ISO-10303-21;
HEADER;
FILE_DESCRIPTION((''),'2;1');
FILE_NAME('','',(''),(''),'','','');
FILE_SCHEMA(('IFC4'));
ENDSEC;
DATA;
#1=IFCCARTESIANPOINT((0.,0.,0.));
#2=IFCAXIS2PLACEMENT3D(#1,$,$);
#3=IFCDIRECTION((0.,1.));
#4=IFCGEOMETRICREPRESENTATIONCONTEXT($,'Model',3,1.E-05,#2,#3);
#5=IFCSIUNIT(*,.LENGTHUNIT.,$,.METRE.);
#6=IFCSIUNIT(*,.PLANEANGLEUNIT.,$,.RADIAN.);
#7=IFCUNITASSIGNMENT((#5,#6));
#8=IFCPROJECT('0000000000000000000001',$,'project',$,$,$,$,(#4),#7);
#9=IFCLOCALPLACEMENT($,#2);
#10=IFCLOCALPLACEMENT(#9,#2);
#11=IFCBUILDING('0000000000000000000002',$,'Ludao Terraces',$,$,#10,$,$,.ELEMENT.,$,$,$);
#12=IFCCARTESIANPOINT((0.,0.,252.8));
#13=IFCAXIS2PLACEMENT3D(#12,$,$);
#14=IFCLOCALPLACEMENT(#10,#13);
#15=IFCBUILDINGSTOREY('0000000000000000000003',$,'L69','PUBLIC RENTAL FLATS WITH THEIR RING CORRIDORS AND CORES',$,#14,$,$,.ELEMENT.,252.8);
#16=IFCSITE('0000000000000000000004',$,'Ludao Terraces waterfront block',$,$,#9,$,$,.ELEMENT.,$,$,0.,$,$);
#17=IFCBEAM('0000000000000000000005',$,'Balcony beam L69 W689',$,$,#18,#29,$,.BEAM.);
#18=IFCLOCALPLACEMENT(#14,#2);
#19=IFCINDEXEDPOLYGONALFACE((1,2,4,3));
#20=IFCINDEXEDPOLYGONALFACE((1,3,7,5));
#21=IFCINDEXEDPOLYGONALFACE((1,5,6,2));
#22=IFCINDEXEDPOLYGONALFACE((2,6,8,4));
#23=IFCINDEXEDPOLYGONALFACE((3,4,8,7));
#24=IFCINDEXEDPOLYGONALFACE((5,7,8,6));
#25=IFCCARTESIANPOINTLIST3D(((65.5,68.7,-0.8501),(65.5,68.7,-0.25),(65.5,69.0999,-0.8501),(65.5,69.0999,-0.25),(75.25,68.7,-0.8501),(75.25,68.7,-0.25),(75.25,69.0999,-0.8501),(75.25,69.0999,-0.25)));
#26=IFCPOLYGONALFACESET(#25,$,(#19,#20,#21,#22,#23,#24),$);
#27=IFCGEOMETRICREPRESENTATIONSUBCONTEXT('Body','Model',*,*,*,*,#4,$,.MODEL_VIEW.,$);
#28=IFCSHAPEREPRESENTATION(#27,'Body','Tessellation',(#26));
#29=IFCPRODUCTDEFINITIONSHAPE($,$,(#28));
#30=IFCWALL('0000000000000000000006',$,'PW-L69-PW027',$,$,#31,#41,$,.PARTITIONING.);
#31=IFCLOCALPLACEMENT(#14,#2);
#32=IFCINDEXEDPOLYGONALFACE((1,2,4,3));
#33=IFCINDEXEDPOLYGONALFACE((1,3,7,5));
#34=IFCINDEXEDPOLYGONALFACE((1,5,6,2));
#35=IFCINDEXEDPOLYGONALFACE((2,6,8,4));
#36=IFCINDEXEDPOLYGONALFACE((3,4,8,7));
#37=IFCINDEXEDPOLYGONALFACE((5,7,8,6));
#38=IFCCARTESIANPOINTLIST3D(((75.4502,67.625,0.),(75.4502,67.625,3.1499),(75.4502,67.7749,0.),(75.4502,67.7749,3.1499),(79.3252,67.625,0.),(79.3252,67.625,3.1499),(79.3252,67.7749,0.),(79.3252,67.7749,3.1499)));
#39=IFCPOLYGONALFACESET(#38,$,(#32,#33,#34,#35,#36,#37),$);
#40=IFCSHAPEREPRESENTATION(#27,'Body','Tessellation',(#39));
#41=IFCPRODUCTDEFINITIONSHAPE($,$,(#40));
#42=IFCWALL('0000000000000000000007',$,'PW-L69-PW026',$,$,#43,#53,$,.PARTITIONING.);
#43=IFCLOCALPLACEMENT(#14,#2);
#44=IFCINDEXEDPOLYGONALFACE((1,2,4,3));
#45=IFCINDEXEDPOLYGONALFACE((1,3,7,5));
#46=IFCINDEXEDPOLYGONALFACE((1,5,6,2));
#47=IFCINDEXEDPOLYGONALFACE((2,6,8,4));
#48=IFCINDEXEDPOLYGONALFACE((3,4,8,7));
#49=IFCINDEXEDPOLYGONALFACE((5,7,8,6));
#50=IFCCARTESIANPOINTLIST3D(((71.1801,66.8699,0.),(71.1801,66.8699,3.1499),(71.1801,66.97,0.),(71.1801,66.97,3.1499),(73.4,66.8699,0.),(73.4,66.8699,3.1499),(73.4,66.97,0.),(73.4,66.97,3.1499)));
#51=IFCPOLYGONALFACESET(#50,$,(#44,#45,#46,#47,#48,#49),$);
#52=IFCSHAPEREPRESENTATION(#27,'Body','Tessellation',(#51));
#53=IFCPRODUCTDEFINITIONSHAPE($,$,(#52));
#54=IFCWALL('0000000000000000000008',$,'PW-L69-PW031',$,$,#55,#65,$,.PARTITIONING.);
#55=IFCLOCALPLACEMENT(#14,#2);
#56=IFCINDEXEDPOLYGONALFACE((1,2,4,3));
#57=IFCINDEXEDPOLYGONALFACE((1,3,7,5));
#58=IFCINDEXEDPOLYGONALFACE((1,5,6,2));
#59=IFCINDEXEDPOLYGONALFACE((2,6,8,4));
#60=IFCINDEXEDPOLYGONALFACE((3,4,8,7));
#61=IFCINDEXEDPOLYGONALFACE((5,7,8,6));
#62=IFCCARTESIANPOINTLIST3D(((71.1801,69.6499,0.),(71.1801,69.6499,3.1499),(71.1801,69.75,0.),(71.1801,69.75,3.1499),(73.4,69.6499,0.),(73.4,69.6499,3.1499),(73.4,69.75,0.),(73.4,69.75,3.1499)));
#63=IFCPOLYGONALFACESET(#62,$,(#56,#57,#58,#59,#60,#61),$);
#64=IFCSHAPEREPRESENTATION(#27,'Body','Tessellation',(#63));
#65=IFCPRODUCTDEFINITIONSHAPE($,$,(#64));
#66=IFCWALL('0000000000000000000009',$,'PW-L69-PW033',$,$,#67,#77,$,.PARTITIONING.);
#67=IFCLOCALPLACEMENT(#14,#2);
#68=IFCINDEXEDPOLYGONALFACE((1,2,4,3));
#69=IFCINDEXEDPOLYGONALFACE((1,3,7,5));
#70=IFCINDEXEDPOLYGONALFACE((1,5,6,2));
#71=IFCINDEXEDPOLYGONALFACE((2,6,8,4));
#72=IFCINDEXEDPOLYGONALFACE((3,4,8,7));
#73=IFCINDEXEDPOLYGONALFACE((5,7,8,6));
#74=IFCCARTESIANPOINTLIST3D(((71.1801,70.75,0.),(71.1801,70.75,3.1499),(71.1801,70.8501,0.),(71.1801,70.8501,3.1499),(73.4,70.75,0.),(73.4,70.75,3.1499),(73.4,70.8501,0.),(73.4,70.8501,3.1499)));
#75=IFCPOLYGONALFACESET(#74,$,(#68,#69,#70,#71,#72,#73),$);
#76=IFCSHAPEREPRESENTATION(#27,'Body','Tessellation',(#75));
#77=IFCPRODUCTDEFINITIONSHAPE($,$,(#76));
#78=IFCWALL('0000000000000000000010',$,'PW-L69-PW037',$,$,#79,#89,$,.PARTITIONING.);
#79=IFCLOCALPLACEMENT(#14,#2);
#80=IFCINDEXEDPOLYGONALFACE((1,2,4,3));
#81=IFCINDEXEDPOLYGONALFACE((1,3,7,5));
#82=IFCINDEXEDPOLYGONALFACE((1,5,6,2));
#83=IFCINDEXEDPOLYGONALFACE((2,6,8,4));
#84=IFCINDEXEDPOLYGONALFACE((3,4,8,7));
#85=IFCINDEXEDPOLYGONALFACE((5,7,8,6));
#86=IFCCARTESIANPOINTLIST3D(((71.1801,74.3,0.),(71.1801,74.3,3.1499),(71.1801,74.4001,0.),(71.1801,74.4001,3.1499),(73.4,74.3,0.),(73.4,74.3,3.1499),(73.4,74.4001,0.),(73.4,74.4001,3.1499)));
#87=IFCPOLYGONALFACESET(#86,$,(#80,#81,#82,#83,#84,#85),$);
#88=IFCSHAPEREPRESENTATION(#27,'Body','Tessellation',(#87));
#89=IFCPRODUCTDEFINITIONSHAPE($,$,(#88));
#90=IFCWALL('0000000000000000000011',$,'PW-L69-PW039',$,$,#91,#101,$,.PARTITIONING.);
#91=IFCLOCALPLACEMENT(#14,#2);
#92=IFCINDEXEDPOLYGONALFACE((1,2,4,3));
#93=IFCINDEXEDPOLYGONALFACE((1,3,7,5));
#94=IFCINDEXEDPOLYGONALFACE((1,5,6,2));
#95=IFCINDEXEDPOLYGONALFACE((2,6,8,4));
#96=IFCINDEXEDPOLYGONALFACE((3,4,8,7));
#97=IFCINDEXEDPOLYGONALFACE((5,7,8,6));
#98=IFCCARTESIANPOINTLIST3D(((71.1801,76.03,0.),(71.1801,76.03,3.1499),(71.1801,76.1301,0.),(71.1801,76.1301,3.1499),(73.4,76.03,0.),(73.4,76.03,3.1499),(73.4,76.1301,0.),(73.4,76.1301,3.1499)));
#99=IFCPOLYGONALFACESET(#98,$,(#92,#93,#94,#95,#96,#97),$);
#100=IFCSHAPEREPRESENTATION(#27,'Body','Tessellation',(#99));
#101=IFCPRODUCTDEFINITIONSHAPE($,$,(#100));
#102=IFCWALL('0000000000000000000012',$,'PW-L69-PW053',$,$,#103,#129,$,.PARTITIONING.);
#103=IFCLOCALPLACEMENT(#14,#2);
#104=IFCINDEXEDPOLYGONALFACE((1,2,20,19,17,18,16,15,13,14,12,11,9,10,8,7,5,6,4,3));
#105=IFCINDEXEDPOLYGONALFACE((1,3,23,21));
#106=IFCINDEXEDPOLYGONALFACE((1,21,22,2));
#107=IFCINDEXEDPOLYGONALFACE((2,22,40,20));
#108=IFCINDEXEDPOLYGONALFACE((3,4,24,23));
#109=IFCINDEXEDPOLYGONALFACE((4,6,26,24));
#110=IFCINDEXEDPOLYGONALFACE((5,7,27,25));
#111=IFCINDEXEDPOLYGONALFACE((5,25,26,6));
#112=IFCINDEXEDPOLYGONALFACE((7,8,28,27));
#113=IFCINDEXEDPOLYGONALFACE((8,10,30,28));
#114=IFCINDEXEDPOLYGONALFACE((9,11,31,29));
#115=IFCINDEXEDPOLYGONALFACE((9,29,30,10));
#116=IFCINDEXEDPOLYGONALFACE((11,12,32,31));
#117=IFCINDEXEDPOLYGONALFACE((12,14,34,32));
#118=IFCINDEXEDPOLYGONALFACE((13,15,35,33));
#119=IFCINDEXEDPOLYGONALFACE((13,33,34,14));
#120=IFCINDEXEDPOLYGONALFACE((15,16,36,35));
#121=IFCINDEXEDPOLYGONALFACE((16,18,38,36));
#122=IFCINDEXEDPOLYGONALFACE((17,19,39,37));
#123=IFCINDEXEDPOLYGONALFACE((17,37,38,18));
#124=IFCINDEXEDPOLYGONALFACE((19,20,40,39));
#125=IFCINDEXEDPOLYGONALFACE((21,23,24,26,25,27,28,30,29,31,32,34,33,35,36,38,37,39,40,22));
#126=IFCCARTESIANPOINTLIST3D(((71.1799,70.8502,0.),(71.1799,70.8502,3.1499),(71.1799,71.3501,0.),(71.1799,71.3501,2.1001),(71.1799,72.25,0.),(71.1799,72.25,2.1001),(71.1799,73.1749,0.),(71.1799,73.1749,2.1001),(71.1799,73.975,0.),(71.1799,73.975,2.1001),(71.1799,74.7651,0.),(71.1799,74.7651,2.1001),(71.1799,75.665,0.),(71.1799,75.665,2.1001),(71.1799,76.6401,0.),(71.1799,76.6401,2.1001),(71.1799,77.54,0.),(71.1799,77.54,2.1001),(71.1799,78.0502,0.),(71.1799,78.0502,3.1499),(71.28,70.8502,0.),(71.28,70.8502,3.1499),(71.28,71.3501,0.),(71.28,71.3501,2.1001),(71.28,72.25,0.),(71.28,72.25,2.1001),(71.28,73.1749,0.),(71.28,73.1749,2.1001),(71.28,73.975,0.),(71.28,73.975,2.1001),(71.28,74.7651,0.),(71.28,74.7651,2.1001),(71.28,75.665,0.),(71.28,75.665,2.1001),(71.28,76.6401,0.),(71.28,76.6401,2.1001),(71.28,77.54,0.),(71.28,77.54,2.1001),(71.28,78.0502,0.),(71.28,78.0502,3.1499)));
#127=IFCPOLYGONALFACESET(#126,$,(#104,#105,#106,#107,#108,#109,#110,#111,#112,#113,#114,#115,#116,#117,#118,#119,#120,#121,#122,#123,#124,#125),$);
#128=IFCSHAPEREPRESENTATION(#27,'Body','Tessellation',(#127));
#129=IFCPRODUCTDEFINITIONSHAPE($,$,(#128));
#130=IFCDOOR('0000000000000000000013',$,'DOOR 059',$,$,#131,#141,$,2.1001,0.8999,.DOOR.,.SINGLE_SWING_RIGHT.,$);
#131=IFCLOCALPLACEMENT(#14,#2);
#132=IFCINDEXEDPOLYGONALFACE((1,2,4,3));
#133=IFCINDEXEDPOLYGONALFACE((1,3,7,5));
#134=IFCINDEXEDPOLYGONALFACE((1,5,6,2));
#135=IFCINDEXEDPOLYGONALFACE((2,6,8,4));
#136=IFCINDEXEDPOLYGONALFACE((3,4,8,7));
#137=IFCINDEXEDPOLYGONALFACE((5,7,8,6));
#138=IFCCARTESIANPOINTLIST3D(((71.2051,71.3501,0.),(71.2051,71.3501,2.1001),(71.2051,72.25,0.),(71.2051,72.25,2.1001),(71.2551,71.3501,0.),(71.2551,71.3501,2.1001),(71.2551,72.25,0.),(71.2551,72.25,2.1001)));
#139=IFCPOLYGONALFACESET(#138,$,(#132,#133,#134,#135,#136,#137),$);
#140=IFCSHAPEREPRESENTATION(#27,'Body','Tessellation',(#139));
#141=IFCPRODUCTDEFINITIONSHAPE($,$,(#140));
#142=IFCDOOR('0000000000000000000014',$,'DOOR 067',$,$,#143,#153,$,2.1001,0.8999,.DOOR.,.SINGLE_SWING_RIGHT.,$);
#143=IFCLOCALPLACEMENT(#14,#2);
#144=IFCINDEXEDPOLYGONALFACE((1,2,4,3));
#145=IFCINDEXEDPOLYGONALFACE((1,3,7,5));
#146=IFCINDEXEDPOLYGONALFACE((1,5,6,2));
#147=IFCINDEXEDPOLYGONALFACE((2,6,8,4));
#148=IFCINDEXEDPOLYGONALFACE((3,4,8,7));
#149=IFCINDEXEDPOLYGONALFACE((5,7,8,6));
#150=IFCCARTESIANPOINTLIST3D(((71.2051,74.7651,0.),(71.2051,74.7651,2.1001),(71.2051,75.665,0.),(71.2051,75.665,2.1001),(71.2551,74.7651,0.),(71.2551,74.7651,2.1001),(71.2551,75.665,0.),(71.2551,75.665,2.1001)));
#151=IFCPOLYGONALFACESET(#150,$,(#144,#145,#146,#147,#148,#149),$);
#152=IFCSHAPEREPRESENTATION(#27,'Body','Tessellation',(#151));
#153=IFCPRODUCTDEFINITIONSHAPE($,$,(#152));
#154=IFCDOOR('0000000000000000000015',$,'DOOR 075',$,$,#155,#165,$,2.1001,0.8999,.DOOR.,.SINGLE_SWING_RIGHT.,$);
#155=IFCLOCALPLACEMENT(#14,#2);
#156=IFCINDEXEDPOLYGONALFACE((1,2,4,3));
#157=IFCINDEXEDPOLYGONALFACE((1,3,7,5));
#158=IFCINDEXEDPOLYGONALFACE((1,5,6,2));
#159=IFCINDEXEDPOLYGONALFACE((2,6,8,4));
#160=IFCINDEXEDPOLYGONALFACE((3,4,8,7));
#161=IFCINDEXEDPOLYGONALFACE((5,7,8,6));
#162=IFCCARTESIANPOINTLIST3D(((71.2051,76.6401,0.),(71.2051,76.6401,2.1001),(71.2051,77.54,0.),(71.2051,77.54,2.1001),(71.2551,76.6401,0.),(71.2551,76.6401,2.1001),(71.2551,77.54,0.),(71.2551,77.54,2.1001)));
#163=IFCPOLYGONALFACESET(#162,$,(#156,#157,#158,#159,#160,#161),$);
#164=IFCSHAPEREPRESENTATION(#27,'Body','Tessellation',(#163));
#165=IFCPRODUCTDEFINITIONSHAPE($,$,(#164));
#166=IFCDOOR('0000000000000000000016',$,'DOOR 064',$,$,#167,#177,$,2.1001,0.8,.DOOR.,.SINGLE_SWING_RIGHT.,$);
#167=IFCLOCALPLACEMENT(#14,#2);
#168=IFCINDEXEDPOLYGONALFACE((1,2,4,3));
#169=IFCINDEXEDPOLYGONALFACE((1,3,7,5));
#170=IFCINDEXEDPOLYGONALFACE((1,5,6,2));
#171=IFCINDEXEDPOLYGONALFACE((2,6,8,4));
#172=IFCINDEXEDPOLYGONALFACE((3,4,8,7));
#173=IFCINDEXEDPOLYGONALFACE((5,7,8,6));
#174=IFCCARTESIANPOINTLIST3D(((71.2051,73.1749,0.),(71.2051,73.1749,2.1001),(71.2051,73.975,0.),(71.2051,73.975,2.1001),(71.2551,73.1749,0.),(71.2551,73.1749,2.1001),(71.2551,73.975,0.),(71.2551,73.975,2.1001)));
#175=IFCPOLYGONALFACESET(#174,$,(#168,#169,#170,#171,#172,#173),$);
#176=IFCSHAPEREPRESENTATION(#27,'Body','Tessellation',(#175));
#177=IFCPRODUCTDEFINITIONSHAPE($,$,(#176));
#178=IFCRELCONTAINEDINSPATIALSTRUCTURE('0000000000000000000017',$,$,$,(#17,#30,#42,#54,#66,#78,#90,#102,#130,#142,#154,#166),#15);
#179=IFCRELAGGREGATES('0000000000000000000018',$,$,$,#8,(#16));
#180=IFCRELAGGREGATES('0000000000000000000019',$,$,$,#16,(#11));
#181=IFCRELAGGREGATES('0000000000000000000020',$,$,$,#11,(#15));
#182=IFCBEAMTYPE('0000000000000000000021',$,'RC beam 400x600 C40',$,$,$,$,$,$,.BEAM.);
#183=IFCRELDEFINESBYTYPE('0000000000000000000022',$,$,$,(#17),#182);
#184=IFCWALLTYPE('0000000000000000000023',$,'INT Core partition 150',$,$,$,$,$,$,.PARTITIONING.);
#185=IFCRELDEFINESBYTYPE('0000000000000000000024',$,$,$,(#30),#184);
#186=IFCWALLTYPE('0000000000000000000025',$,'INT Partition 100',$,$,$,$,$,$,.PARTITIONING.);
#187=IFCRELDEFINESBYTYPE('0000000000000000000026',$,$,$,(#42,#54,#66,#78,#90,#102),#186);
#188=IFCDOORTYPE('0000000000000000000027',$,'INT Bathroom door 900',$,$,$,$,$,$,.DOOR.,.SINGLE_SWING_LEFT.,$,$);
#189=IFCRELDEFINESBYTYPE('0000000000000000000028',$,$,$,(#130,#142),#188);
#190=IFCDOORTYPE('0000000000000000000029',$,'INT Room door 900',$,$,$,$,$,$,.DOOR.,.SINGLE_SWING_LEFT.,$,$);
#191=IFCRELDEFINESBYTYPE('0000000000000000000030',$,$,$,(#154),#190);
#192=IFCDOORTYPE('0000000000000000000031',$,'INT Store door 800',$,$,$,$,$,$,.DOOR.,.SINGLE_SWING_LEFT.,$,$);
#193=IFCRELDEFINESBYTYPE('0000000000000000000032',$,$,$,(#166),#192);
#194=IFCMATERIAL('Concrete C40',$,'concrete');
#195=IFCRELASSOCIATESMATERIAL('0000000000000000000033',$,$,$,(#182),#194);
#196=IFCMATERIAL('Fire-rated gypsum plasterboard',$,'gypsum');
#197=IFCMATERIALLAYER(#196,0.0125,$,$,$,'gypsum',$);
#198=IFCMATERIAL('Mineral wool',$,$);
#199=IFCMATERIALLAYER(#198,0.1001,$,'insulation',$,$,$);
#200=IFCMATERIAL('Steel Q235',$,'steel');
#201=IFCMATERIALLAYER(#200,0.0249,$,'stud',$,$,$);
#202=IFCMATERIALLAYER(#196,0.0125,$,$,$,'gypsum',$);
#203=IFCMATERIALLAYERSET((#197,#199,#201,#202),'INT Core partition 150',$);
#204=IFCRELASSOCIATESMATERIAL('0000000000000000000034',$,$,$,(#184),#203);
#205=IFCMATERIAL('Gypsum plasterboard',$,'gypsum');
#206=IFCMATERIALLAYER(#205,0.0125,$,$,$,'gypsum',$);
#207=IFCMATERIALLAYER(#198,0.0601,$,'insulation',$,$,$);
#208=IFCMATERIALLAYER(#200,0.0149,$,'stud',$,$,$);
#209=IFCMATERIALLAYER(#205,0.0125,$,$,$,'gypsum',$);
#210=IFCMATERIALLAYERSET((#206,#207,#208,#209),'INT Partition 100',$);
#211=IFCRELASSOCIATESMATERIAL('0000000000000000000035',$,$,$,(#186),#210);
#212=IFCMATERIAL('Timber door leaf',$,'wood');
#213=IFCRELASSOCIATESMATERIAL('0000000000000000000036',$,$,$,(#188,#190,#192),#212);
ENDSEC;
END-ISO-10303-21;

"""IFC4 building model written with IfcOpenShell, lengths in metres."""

from ifc_helpers import new_model, si_unit, direction, frame, frame_2d, origin, origin_2d, place, context, subcontext, project, spatial, rectangle, extrude, material, layer, layer_set, material_profile, profile_set, type_object, element, fill, save


model = new_model("IFC4")

# Units and contexts
model_context = context("Model", 3, precision=1e-05, world=origin(), true_north=direction((0.0, 1.0)))
body_context = subcontext(model_context, "Body", "Model", "MODEL_VIEW")
ifc_project = project(units=[si_unit("LENGTHUNIT", "METRE"), si_unit("PLANEANGLEUNIT", "RADIAN")], contexts=[model_context])

# Site, building, storey
site_placement = place(None, origin())
site = spatial("IfcSite", under=ifc_project, at=site_placement, Name="Ludao Terraces waterfront block", CompositionType="ELEMENT", RefElevation=0.0)
building_placement = place(site_placement, origin())
building = spatial("IfcBuilding", under=site, at=building_placement, Name="Ludao Terraces", CompositionType="ELEMENT")
storey_placement = place(building_placement, frame((0.0, 0.0, 252.8)))
storey = spatial("IfcBuildingStorey", under=building, at=storey_placement, Name="L69", Description="PUBLIC RENTAL FLATS WITH THEIR RING CORRIDORS AND CORES", CompositionType="ELEMENT", Elevation=252.8)

# Beam
ifc_material_1 = material(Name="Concrete C40", Category="concrete")
ifc_material_profile = material_profile(ifc_material_1, rectangle(XDim=0.3999, YDim=0.6001, at=origin_2d()), Name="400 X 600")
ifc_profile_set = profile_set([ifc_material_profile], Name="Concrete C40")
beam_type = type_object("IfcBeamType", Name="RC beam 400x600 C40", PredefinedType="BEAM", material=ifc_profile_set)
beam_placement = place(storey_placement, frame((75.25, 68.8999, -0.55), z_axis=(-1.0, 0.0, 0.0), x_axis=(0.0, -1.0, 0.0)))
element("IfcBeam", 1, at=beam_placement, inside=storey, type_object=beam_type, Name="Balcony beam L69 W689", PredefinedType="BEAM", context=body_context, shape_type="SweptSolid", body=[
    extrude(rectangle(XDim=0.3999, YDim=0.6001, at=origin_2d()), origin(), (0.0, 0.0, 1.0), 9.75),
])

# Walls
ifc_material_2 = material(Name="Fire-rated gypsum plasterboard", Category="gypsum")
ifc_layer_1 = layer(ifc_material_2, 0.0125, Category="gypsum")
ifc_material_3 = material(Name="Mineral wool")
ifc_layer_2 = layer(ifc_material_3, 0.1001, Name="insulation")
ifc_material_4 = material(Name="Steel Q235", Category="steel")
ifc_layer_3 = layer(ifc_material_4, 0.0249, Name="stud")
ifc_layer_4 = layer(ifc_material_2, 0.0125, Category="gypsum")
ifc_layer_set_1 = layer_set([ifc_layer_1, ifc_layer_2, ifc_layer_3, ifc_layer_4], Name="INT Core partition 150")
wall_type_1 = type_object("IfcWallType", Name="INT Core partition 150", PredefinedType="PARTITIONING", material=ifc_layer_set_1)
wall_1_placement = place(storey_placement, frame((75.4502, 67.7, 0.0), z_axis=(0.0, 0.0, 1.0), x_axis=(1.0, 0.0, 0.0)))
element("IfcWall", 2, at=wall_1_placement, inside=storey, type_object=wall_type_1, Name="PW-L69-PW027", PredefinedType="PARTITIONING", context=body_context, shape_type="SweptSolid", body=[
    extrude(rectangle(XDim=3.875, YDim=0.1499, at=frame_2d((1.9375, 0.0))), origin(), (0.0, 0.0, 1.0), 3.1499),
])
ifc_material_5 = material(Name="Gypsum plasterboard", Category="gypsum")
ifc_layer_5 = layer(ifc_material_5, 0.0125, Category="gypsum")
ifc_layer_6 = layer(ifc_material_3, 0.0601, Name="insulation")
ifc_layer_7 = layer(ifc_material_4, 0.0149, Name="stud")
ifc_layer_8 = layer(ifc_material_5, 0.0125, Category="gypsum")
ifc_layer_set_2 = layer_set([ifc_layer_5, ifc_layer_6, ifc_layer_7, ifc_layer_8], Name="INT Partition 100")
wall_type_2 = type_object("IfcWallType", Name="INT Partition 100", PredefinedType="PARTITIONING", material=ifc_layer_set_2)
for number, where, z_axis, x_axis, name in (
    (3, (71.1802, 66.9199, 0.0), (0.0, 0.0, 1.0), (1.0, 0.0, 0.0), "PW-L69-PW026"),
    (4, (71.1802, 69.7, 0.0), (0.0, 0.0, 1.0), (1.0, 0.0, 0.0), "PW-L69-PW031"),
    (5, (71.1802, 70.8, 0.0), (0.0, 0.0, 1.0), (1.0, 0.0, 0.0), "PW-L69-PW033"),
    (6, (71.1802, 74.3501, 0.0), (0.0, 0.0, 1.0), (1.0, 0.0, 0.0), "PW-L69-PW037"),
    (7, (71.1802, 76.0801, 0.0), (0.0, 0.0, 1.0), (1.0, 0.0, 0.0), "PW-L69-PW039"),
):
    element("IfcWall", number, at=place(storey_placement, frame(where, z_axis=z_axis, x_axis=x_axis)), inside=storey, type_object=wall_type_2, Name=name, PredefinedType="PARTITIONING", context=body_context, shape_type="SweptSolid", body=[
        extrude(rectangle(XDim=2.22, YDim=0.1001, at=frame_2d((1.1099, 0.0))), origin(), (0.0, 0.0, 1.0), 3.1499),
    ])

# Wall, openings, doors
wall_2_placement = place(storey_placement, frame((71.23, 70.8501, 0.0), z_axis=(0.0, 0.0, 1.0), x_axis=(0.0, 1.0, 0.0)))
wall_2 = element("IfcWall", 8, at=wall_2_placement, inside=storey, type_object=wall_type_2, Name="PW-L69-PW053", PredefinedType="PARTITIONING", context=body_context, shape_type="SweptSolid", body=[
    extrude(rectangle(XDim=7.2, YDim=0.1001, at=frame_2d((3.6001, 0.0))), origin(), (0.0, 0.0, 1.0), 3.1499),
])
opening_1_placement = place(wall_2_placement, frame((0.5, 0.0, 0.0)))
opening_1 = element("IfcOpeningElement", 9, at=opening_1_placement, cuts=wall_2, PredefinedType="OPENING", context=body_context, shape_type="SweptSolid", body=[
    extrude(rectangle(XDim=0.8999, YDim=2.1001, at=frame_2d((0.45, 1.05))), frame((0.0, 0.0601, 0.0), z_axis=(0.0, -1.0, 0.0), x_axis=(1.0, 0.0, 0.0)), (0.0, 0.0, 1.0), 0.1201),
])
opening_2_placement = place(wall_2_placement, frame((2.325, 0.0, 0.0)))
opening_2 = element("IfcOpeningElement", 10, at=opening_2_placement, cuts=wall_2, PredefinedType="OPENING", context=body_context, shape_type="SweptSolid", body=[
    extrude(rectangle(XDim=0.8, YDim=2.1001, at=frame_2d((0.3999, 1.05))), frame((0.0, 0.0601, 0.0), z_axis=(0.0, -1.0, 0.0), x_axis=(1.0, 0.0, 0.0)), (0.0, 0.0, 1.0), 0.1201),
])
opening_3_placement = place(wall_2_placement, frame((3.915, 0.0, 0.0)))
opening_3 = element("IfcOpeningElement", 11, at=opening_3_placement, cuts=wall_2, PredefinedType="OPENING", context=body_context, shape_type="SweptSolid", body=[
    extrude(rectangle(XDim=0.8999, YDim=2.1001, at=frame_2d((0.45, 1.05))), frame((0.0, 0.0601, 0.0), z_axis=(0.0, -1.0, 0.0), x_axis=(1.0, 0.0, 0.0)), (0.0, 0.0, 1.0), 0.1201),
])
opening_4_placement = place(wall_2_placement, frame((5.79, 0.0, 0.0)))
opening_4 = element("IfcOpeningElement", 12, at=opening_4_placement, cuts=wall_2, PredefinedType="OPENING", context=body_context, shape_type="SweptSolid", body=[
    extrude(rectangle(XDim=0.8999, YDim=2.1001, at=frame_2d((0.45, 1.05))), frame((0.0, 0.0601, 0.0), z_axis=(0.0, -1.0, 0.0), x_axis=(1.0, 0.0, 0.0)), (0.0, 0.0, 1.0), 0.1201),
])
ifc_material_6 = material(Name="Timber door leaf", Category="wood")
door_type_1 = type_object("IfcDoorType", Name="INT Bathroom door 900", OperationType="SINGLE_SWING_LEFT", PredefinedType="DOOR", material=ifc_material_6)
door_1_placement = place(opening_1_placement, origin())
door_1 = element("IfcDoor", 13, at=door_1_placement, inside=storey, type_object=door_type_1, Name="DOOR 059", OperationType="SINGLE_SWING_RIGHT", OverallHeight=2.1001, OverallWidth=0.8999, PredefinedType="DOOR", context=body_context, shape_type="SweptSolid", body=[
    extrude(rectangle(XDim=0.8999, YDim=2.1001, at=frame_2d((0.45, 1.05))), frame((0.0, 0.0249, 0.0), z_axis=(0.0, -1.0, 0.0), x_axis=(1.0, 0.0, 0.0)), (0.0, 0.0, 1.0), 0.05),
])
fill(opening_1, door_1)
door_2_placement = place(opening_3_placement, origin())
door_2 = element("IfcDoor", 14, at=door_2_placement, inside=storey, type_object=door_type_1, Name="DOOR 067", OperationType="SINGLE_SWING_RIGHT", OverallHeight=2.1001, OverallWidth=0.8999, PredefinedType="DOOR", context=body_context, shape_type="SweptSolid", body=[
    extrude(rectangle(XDim=0.8999, YDim=2.1001, at=frame_2d((0.45, 1.05))), frame((0.0, 0.0249, 0.0), z_axis=(0.0, -1.0, 0.0), x_axis=(1.0, 0.0, 0.0)), (0.0, 0.0, 1.0), 0.05),
])
fill(opening_3, door_2)
door_type_2 = type_object("IfcDoorType", Name="INT Room door 900", OperationType="SINGLE_SWING_LEFT", PredefinedType="DOOR", material=ifc_material_6)
door_3_placement = place(opening_4_placement, origin())
door_3 = element("IfcDoor", 15, at=door_3_placement, inside=storey, type_object=door_type_2, Name="DOOR 075", OperationType="SINGLE_SWING_RIGHT", OverallHeight=2.1001, OverallWidth=0.8999, PredefinedType="DOOR", context=body_context, shape_type="SweptSolid", body=[
    extrude(rectangle(XDim=0.8999, YDim=2.1001, at=frame_2d((0.45, 1.05))), frame((0.0, 0.0249, 0.0), z_axis=(0.0, -1.0, 0.0), x_axis=(1.0, 0.0, 0.0)), (0.0, 0.0, 1.0), 0.05),
])
fill(opening_4, door_3)
door_type_3 = type_object("IfcDoorType", Name="INT Store door 800", OperationType="SINGLE_SWING_LEFT", PredefinedType="DOOR", material=ifc_material_6)
door_4_placement = place(opening_2_placement, origin())
door_4 = element("IfcDoor", 16, at=door_4_placement, inside=storey, type_object=door_type_3, Name="DOOR 064", OperationType="SINGLE_SWING_RIGHT", OverallHeight=2.1001, OverallWidth=0.8, PredefinedType="DOOR", context=body_context, shape_type="SweptSolid", body=[
    extrude(rectangle(XDim=0.8, YDim=2.1001, at=frame_2d((0.3999, 1.05))), frame((0.0, 0.0249, 0.0), z_axis=(0.0, -1.0, 0.0), x_axis=(1.0, 0.0, 0.0)), (0.0, 0.0, 1.0), 0.05),
])
fill(opening_2, door_4)

save(model, "model.ifc")
